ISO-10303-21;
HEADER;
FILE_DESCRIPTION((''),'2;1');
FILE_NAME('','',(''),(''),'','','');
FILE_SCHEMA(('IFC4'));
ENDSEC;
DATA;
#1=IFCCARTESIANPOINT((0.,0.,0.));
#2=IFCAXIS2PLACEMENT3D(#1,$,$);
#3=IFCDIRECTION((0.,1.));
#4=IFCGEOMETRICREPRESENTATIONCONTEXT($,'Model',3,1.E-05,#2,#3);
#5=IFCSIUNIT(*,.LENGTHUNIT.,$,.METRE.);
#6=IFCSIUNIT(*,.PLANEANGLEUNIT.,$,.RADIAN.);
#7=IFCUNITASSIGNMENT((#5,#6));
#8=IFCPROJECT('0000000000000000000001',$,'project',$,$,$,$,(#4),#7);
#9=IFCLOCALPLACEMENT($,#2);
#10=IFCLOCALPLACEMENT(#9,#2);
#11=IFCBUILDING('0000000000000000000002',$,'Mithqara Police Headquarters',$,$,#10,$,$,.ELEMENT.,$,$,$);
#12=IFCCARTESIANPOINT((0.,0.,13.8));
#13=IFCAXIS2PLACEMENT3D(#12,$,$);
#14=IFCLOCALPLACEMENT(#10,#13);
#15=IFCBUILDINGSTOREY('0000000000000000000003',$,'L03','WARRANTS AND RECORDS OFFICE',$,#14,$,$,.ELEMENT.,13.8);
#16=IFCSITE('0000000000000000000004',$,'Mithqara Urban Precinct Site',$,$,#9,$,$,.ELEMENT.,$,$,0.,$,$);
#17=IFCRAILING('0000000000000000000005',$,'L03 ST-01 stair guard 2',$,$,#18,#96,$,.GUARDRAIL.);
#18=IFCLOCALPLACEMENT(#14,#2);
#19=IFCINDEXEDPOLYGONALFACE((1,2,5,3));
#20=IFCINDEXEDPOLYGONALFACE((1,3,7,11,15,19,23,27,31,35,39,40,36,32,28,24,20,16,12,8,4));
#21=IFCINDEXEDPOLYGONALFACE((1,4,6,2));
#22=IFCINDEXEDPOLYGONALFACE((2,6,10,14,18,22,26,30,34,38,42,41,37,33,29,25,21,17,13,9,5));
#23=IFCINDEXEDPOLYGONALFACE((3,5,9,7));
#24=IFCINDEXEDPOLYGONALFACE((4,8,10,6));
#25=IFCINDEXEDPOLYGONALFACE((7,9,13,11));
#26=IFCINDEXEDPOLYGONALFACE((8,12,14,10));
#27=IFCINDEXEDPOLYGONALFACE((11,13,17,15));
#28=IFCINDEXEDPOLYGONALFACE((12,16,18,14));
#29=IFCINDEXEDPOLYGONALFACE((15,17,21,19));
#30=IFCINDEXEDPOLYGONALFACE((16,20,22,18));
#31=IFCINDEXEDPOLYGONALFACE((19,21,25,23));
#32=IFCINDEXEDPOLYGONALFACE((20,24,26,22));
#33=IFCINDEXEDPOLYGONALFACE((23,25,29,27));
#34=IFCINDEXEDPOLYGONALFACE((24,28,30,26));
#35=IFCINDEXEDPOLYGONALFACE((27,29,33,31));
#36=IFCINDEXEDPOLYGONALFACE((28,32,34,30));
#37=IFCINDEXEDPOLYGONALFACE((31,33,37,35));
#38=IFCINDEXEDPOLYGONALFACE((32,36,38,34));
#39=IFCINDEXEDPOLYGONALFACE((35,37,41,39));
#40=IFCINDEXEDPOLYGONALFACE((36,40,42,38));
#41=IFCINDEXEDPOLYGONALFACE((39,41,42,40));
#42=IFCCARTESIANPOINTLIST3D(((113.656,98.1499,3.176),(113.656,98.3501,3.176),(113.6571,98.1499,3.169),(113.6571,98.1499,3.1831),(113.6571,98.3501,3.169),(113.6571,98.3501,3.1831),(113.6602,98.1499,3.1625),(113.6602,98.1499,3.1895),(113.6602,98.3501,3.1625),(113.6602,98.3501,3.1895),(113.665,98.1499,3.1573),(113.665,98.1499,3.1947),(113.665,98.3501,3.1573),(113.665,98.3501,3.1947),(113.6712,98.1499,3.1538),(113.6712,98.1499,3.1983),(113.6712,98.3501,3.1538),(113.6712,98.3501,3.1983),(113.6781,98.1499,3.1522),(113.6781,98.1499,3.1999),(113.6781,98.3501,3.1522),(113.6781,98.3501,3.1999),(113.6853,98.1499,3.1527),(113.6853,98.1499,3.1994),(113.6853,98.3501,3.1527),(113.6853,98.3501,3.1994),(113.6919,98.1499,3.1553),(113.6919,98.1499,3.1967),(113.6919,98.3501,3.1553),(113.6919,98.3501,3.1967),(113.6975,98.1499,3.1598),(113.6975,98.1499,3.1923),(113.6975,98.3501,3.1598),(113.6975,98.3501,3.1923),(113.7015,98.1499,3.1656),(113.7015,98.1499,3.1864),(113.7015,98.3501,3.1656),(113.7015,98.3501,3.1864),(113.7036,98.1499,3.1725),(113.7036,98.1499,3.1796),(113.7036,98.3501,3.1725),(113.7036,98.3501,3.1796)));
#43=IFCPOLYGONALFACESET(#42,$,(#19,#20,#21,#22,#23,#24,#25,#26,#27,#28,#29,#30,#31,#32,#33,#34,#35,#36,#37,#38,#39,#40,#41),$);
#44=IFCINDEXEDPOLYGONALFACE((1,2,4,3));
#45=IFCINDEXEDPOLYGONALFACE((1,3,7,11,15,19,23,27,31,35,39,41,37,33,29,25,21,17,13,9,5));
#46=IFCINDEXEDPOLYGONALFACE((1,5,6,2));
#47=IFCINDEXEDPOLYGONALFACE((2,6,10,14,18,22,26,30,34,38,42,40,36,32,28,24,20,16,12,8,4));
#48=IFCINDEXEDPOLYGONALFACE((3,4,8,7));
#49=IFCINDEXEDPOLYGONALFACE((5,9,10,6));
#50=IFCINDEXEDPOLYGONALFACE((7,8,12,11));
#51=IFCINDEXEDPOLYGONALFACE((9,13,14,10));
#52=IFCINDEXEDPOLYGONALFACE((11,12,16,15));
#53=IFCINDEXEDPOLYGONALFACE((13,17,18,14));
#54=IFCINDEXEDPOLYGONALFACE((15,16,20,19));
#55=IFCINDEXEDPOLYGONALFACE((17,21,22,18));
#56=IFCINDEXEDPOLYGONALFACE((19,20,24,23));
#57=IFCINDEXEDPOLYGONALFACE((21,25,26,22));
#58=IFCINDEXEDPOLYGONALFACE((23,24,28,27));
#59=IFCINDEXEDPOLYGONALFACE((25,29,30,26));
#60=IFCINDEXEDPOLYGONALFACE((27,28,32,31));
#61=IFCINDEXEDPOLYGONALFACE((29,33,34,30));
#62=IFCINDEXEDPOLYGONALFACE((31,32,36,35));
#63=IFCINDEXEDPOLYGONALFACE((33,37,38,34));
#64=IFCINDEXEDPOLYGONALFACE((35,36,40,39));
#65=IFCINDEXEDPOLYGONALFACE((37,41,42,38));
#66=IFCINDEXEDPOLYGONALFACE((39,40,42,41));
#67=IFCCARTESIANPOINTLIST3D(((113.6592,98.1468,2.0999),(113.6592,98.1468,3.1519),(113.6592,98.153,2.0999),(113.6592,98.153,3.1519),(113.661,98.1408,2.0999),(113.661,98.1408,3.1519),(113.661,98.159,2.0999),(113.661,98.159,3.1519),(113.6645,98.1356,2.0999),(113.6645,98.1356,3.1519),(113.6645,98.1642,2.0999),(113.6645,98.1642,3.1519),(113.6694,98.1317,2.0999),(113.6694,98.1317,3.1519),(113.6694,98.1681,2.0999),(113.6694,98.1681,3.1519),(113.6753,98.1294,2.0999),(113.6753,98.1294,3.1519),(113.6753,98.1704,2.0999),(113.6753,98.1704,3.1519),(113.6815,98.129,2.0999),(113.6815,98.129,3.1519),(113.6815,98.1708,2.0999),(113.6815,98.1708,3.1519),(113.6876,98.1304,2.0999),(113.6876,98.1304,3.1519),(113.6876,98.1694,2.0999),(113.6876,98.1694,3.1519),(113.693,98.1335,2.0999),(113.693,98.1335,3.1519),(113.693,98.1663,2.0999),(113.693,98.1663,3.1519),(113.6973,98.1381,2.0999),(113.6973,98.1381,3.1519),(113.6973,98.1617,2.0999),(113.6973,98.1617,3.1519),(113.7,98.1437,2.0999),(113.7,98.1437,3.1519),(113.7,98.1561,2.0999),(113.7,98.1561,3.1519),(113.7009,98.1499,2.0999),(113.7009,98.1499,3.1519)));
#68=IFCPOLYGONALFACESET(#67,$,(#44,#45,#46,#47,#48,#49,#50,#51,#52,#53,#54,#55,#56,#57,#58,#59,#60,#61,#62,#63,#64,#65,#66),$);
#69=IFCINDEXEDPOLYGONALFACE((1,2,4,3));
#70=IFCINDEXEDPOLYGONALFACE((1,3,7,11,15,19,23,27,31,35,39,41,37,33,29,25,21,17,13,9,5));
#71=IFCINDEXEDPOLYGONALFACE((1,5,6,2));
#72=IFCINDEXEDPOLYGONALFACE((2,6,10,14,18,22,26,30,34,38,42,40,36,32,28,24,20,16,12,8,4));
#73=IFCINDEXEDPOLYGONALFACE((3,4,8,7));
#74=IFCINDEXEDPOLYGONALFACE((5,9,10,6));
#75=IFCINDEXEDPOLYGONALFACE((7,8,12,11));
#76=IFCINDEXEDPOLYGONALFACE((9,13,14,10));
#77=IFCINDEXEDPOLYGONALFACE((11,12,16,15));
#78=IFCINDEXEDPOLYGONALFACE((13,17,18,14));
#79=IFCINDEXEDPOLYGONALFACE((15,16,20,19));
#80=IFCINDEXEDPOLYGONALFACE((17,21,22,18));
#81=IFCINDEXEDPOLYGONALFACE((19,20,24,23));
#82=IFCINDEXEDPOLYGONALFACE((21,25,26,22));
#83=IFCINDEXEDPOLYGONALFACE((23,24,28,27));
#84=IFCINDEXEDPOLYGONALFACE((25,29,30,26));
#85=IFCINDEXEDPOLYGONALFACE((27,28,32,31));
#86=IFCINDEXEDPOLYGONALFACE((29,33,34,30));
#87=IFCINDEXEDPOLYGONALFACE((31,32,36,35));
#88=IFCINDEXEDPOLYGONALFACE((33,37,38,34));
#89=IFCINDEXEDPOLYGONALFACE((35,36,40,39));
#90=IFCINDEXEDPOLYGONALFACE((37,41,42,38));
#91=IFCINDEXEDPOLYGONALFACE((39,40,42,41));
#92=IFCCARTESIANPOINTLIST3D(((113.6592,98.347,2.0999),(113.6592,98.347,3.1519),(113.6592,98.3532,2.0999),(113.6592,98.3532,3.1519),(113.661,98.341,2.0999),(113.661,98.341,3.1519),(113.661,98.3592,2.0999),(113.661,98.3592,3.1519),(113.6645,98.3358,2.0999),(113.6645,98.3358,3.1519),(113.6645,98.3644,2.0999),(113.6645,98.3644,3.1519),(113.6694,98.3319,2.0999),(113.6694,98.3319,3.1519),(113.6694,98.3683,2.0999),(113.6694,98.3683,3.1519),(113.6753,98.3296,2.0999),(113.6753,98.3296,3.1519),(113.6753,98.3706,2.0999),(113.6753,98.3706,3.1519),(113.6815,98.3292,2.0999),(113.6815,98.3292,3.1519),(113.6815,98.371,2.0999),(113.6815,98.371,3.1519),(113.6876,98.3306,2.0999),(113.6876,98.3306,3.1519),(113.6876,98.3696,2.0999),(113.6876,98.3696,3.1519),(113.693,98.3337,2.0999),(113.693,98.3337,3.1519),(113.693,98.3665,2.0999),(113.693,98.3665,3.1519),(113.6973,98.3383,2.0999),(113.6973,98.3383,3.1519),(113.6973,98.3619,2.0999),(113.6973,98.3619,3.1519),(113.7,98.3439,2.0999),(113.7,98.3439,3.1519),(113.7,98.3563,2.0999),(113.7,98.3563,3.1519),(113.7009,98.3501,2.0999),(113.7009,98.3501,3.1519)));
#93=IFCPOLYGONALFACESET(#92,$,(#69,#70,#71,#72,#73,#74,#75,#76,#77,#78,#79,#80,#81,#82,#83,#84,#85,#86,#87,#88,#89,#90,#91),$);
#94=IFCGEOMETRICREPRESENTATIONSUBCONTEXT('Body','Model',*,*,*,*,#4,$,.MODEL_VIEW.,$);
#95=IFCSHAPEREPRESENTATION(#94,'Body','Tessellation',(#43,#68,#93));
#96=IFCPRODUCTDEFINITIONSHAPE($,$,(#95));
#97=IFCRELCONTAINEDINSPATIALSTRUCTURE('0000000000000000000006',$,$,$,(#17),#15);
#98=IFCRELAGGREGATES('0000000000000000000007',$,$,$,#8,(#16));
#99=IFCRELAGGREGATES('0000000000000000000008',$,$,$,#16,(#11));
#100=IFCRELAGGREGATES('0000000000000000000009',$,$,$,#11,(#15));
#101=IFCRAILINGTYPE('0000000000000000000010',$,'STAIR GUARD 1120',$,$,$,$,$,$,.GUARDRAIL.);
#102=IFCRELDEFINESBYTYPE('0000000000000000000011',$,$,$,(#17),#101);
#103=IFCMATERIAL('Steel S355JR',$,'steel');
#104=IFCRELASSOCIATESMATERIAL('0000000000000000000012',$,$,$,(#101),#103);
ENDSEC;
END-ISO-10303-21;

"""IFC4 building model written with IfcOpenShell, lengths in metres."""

from ifc_helpers import new_model, si_unit, direction, frame, origin, origin_2d, place, context, subcontext, project, spatial, circle, extrude, material, type_object, element, save


model = new_model("IFC4")

# Units and contexts
model_context = context("Model", 3, precision=1e-05, world=origin(), true_north=direction((0.0, 1.0)))
body_context = subcontext(model_context, "Body", "Model", "MODEL_VIEW")
ifc_project = project(units=[si_unit("LENGTHUNIT", "METRE"), si_unit("PLANEANGLEUNIT", "RADIAN")], contexts=[model_context])

# Site, building, storey
site_placement = place(None, origin())
site = spatial("IfcSite", under=ifc_project, at=site_placement, Name="Mithqara Urban Precinct Site", CompositionType="ELEMENT", RefElevation=0.0)
building_placement = place(site_placement, origin())
building = spatial("IfcBuilding", under=site, at=building_placement, Name="Mithqara Police Headquarters", CompositionType="ELEMENT")
storey_placement = place(building_placement, frame((0.0, 0.0, 13.8)))
storey = spatial("IfcBuildingStorey", under=building, at=storey_placement, Name="L03", Description="WARRANTS AND RECORDS OFFICE", CompositionType="ELEMENT", Elevation=13.8)

# Shared definitions
ifc_material_1 = material(Name="Steel S355JR", Category="steel")

# Railing
railing_type_1 = type_object("IfcRailingType", Name="STAIR GUARD 1120", PredefinedType="GUARDRAIL", material=ifc_material_1)
railing_1_placement = place(storey_placement, frame((113.6799, 98.1499, 2.0999)))
element("IfcRailing", 1, at=railing_1_placement, inside=storey, type_object=railing_type_1, Name="L03 ST-01 stair guard 2", PredefinedType="GUARDRAIL", context=body_context, shape_type="SweptSolid", body=[
    extrude(circle(Radius=0.0239, at=origin_2d()), frame((0.0, 0.0, 1.0762), z_axis=(0.0, 1.0, 0.0), x_axis=(-1.0, 0.0, 0.0)), (0.0, 0.0, 1.0), 0.2002),
    extrude(circle(Radius=0.021, at=origin_2d()), origin(), (0.0, 0.0, 1.0), 1.052),
    extrude(circle(Radius=0.021, at=origin_2d()), frame((0.0, 0.2002, 0.0)), (0.0, 0.0, 1.0), 1.052),
])

save(model, "model.ifc")
